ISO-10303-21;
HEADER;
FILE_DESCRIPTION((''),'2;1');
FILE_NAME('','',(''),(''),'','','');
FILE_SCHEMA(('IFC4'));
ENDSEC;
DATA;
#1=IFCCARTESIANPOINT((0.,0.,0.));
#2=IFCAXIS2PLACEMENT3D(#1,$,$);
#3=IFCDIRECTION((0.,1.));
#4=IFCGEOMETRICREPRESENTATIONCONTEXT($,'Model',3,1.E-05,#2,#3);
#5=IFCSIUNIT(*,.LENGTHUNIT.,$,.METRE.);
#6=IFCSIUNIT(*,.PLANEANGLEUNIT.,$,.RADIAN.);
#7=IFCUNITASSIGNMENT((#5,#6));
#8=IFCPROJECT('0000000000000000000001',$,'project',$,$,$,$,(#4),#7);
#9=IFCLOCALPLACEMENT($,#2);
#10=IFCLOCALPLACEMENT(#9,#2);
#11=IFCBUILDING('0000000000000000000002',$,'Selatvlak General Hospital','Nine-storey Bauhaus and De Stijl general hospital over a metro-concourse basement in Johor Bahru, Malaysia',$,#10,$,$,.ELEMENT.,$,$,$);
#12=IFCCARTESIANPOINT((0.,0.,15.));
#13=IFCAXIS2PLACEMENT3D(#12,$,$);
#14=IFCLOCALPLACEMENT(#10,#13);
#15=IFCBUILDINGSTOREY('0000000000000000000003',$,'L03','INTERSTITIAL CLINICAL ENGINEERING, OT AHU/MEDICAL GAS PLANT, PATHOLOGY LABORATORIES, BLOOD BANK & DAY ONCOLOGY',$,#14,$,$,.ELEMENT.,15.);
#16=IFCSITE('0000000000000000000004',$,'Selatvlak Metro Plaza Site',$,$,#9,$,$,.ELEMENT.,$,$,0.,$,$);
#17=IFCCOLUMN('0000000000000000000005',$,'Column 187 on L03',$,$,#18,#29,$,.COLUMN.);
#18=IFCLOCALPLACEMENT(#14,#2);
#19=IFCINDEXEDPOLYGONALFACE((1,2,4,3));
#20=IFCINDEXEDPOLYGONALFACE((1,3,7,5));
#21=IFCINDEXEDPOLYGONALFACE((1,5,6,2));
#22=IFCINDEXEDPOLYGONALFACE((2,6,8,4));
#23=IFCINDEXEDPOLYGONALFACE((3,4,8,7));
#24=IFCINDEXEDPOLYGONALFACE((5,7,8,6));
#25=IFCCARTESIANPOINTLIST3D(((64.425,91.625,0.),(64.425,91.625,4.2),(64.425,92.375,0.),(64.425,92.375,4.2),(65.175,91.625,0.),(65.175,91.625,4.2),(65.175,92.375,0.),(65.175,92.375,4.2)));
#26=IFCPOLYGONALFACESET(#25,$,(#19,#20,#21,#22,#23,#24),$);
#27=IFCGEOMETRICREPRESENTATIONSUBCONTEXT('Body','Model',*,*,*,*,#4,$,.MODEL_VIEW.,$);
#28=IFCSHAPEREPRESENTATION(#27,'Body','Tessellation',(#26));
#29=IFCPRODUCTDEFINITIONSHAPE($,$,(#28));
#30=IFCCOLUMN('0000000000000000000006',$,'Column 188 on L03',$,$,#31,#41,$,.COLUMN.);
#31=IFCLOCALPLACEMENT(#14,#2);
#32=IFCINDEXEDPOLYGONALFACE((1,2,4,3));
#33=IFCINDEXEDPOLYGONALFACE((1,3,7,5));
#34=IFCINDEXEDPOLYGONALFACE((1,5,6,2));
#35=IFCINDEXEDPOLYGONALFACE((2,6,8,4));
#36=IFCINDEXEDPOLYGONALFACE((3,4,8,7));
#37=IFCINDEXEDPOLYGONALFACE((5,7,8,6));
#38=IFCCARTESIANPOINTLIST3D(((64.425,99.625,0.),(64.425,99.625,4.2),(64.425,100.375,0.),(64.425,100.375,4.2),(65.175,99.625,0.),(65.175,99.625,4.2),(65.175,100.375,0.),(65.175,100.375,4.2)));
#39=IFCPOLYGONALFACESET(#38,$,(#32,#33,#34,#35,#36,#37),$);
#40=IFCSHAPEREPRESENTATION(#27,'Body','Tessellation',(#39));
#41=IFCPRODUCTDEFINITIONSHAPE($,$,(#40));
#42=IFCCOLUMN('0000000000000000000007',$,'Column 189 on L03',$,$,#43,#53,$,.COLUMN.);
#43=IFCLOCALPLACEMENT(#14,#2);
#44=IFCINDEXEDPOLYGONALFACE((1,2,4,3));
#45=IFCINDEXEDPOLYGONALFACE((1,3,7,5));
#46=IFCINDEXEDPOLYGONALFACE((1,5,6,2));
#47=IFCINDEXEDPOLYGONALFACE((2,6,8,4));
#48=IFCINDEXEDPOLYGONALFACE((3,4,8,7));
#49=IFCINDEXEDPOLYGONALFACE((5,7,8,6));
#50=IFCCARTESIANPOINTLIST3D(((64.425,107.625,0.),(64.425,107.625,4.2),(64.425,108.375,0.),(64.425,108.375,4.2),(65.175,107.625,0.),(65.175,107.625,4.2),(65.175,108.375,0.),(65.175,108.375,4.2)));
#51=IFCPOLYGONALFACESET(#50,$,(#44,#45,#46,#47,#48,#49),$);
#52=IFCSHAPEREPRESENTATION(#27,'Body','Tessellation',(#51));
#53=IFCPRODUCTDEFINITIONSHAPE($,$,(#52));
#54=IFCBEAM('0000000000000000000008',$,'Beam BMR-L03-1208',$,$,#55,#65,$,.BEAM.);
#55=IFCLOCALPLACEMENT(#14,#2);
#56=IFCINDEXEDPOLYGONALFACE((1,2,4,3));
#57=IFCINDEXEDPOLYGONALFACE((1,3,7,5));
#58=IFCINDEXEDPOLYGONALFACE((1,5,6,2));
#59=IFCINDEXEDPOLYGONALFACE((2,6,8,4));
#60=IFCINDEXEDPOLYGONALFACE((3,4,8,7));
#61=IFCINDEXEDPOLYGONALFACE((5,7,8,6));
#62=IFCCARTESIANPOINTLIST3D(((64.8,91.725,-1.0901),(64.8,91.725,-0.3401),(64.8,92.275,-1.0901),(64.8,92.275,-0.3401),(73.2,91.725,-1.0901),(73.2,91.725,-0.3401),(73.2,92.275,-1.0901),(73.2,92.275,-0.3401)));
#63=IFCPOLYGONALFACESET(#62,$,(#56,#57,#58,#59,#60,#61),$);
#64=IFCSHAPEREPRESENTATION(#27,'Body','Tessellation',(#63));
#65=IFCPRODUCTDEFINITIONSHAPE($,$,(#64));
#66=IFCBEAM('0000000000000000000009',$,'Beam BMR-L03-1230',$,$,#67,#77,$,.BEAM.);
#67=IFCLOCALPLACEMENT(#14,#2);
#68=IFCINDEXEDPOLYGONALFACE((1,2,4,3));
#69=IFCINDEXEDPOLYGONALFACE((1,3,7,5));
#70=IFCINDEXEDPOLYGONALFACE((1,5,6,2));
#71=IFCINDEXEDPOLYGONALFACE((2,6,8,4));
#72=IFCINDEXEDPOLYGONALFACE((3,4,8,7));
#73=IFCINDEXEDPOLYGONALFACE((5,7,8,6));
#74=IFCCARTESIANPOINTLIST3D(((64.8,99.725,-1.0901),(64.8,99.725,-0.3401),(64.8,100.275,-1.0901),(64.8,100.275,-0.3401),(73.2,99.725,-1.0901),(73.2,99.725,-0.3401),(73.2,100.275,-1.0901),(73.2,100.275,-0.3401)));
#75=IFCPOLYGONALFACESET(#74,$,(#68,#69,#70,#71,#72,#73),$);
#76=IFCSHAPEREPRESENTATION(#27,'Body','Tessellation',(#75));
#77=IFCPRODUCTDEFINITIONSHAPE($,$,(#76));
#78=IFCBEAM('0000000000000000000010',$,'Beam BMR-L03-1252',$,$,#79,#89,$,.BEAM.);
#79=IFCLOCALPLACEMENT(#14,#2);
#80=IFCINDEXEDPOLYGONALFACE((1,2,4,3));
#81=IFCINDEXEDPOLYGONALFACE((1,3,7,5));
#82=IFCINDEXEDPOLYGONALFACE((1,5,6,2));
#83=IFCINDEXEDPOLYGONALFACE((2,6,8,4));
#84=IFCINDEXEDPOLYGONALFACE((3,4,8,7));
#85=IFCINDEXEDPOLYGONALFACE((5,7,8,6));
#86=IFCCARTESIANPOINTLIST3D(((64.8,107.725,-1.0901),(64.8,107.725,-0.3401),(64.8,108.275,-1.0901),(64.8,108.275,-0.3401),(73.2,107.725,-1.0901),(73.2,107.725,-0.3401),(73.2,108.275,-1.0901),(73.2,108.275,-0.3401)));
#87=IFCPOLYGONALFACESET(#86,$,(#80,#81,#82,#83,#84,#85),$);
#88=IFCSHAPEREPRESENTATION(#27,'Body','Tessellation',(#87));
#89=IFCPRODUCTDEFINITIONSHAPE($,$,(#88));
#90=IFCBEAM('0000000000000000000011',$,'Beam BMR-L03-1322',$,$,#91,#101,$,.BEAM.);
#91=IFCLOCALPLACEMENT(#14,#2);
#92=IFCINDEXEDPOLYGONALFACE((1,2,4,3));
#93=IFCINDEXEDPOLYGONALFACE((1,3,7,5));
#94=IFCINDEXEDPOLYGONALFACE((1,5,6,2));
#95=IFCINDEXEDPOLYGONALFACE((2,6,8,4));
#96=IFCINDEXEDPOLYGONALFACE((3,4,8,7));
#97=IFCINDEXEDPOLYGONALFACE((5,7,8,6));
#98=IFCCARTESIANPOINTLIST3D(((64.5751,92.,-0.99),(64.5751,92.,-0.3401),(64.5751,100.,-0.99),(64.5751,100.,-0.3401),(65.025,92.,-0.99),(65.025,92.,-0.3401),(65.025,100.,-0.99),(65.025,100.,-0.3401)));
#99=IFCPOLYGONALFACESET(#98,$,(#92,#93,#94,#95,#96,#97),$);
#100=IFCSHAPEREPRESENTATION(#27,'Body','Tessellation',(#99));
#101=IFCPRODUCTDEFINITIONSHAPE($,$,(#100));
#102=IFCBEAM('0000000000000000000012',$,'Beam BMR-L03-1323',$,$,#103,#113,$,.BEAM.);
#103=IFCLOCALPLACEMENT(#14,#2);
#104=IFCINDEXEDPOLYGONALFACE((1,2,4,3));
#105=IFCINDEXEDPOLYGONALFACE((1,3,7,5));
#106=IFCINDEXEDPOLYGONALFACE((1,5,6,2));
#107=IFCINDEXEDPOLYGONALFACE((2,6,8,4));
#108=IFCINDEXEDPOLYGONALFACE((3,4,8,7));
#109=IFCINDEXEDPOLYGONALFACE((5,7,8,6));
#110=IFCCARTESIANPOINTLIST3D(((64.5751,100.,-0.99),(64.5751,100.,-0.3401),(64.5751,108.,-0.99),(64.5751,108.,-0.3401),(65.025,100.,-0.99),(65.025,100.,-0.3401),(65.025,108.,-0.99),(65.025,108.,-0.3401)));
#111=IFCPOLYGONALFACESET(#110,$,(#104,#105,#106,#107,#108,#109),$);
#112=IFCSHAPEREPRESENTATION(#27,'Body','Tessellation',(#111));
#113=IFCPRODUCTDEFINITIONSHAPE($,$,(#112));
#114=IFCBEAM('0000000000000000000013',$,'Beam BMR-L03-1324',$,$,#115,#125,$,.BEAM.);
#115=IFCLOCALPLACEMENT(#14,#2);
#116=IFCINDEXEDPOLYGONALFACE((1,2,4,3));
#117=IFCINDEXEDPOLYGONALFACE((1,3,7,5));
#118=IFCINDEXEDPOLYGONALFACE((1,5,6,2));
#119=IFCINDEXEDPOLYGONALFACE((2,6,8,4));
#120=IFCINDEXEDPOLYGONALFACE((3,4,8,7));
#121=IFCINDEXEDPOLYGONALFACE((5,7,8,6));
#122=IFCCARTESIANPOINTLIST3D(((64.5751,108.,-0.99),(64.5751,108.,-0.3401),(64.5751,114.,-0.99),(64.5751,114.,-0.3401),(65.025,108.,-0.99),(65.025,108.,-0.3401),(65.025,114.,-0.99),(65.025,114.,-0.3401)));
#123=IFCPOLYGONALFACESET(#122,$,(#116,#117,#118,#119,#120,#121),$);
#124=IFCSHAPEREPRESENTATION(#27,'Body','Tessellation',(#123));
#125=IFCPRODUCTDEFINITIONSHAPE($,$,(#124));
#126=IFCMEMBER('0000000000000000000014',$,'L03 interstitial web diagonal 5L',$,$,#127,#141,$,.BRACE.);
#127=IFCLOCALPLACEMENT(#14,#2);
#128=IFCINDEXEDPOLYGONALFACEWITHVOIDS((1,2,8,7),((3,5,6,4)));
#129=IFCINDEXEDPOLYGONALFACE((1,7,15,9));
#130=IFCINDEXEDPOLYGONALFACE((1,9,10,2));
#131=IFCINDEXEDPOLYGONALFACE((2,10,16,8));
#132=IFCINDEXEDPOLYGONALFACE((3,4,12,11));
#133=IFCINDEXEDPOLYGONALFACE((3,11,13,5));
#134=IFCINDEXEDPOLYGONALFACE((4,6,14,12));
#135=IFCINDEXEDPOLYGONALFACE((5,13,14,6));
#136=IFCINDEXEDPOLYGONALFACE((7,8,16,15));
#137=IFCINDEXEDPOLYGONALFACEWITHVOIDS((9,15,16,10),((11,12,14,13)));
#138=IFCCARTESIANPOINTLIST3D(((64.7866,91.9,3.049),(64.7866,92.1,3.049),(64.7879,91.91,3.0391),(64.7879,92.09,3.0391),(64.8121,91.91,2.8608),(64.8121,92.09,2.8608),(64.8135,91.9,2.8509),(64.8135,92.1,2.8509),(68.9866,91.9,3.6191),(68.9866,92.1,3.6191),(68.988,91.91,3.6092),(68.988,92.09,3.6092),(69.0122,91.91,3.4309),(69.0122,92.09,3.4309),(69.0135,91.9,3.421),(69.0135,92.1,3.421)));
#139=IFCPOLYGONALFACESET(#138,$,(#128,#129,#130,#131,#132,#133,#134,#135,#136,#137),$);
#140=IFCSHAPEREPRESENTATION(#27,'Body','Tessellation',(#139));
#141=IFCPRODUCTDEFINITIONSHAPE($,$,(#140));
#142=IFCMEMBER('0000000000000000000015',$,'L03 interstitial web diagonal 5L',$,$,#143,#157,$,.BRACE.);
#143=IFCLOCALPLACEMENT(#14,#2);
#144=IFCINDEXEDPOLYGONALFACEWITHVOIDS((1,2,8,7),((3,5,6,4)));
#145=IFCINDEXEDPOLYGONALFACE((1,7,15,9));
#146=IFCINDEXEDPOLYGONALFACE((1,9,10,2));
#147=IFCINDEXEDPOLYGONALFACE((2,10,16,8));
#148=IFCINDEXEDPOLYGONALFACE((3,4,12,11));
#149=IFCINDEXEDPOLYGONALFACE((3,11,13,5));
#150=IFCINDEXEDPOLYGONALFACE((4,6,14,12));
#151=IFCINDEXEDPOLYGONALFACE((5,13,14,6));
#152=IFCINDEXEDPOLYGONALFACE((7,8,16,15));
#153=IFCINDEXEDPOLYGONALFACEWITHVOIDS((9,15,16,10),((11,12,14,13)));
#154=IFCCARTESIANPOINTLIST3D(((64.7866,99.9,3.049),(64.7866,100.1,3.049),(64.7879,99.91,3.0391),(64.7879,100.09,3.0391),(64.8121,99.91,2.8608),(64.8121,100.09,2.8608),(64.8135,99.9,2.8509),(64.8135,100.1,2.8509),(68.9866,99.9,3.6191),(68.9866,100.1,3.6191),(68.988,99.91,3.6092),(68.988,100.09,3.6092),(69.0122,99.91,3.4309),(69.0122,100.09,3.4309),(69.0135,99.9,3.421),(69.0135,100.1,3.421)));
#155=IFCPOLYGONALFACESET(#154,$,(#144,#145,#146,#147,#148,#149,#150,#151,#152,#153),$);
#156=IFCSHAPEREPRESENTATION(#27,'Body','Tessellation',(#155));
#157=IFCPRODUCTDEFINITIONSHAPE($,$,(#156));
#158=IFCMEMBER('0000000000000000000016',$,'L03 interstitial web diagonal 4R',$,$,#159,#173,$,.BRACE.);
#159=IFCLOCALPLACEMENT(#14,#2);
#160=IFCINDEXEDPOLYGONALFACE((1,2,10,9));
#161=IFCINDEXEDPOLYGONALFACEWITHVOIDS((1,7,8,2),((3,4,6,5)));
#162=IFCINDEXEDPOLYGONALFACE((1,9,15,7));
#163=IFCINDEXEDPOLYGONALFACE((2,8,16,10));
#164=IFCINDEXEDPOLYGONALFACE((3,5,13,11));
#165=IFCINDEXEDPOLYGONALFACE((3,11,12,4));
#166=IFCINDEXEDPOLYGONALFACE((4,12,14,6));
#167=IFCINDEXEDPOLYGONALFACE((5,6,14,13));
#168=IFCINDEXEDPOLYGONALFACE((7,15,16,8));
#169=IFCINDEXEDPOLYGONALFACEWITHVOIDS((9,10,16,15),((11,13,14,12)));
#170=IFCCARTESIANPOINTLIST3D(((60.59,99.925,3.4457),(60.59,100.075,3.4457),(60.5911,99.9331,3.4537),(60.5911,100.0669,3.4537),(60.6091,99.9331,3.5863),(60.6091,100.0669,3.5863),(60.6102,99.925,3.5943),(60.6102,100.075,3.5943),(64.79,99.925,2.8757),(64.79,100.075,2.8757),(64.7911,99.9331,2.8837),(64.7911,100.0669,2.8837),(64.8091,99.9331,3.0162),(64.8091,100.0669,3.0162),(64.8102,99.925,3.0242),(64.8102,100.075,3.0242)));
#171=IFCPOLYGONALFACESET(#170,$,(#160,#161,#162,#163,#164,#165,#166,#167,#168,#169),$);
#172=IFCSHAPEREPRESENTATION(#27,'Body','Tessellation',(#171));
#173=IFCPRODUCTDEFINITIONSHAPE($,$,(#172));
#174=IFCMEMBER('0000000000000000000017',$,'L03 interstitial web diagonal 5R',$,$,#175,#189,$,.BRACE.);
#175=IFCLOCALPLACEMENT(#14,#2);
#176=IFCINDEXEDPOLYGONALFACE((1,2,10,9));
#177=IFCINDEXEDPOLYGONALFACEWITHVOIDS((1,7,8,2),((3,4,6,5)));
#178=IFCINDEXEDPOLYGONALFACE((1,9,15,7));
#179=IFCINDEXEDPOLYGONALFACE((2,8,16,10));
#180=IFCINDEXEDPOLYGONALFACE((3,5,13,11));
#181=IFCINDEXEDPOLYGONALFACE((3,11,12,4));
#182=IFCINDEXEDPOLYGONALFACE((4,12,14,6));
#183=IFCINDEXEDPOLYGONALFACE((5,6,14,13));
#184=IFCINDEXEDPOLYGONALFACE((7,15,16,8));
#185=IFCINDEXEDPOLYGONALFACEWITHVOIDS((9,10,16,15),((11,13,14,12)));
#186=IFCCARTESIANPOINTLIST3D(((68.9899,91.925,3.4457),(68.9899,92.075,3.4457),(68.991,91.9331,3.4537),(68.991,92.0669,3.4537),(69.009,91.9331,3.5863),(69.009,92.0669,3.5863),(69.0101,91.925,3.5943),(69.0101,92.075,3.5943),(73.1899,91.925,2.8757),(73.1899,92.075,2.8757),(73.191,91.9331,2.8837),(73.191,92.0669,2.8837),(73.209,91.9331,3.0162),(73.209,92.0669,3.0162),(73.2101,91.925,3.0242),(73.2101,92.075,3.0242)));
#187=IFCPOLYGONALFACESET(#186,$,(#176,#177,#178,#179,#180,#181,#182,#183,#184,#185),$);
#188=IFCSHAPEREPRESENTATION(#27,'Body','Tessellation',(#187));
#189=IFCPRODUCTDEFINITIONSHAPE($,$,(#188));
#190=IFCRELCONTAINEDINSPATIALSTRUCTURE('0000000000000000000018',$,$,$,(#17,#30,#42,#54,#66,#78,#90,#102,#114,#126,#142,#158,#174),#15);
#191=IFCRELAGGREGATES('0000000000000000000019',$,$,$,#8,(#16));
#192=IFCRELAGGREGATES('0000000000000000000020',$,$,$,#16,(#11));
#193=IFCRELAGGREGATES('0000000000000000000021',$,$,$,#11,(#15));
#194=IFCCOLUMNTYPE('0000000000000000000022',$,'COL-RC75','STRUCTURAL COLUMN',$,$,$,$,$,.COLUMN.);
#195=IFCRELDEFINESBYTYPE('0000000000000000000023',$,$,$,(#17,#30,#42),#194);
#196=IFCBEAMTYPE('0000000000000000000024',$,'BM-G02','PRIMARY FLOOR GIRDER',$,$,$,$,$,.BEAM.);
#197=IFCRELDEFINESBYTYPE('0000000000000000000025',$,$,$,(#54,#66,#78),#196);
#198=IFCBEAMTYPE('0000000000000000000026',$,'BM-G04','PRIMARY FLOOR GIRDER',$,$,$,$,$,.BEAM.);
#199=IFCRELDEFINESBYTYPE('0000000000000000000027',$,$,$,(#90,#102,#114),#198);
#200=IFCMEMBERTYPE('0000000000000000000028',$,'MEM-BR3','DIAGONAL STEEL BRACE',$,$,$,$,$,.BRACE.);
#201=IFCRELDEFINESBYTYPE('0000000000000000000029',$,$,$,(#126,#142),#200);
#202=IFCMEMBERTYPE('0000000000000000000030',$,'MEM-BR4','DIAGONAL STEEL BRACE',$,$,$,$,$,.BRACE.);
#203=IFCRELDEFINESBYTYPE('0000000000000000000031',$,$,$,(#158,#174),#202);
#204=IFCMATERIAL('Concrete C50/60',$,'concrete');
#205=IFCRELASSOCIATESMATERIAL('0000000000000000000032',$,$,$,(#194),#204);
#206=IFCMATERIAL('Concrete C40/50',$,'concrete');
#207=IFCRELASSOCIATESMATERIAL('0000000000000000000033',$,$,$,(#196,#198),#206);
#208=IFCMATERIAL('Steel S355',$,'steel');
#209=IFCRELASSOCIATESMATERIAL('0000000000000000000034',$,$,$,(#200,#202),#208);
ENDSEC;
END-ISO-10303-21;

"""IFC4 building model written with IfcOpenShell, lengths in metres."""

from ifc_helpers import new_model, si_unit, direction, frame, origin, origin_2d, place, context, subcontext, project, spatial, rectangle, hollow_rectangle, extrude, material, material_profile, profile_set, type_object, element, save


model = new_model("IFC4")

# Units and contexts
model_context = context("Model", 3, precision=1e-05, world=origin(), true_north=direction((0.0, 1.0)))
body_context = subcontext(model_context, "Body", "Model", "MODEL_VIEW")
ifc_project = project(units=[si_unit("LENGTHUNIT", "METRE"), si_unit("PLANEANGLEUNIT", "RADIAN")], contexts=[model_context])

# Site, building, storey
site_placement = place(None, origin())
site = spatial("IfcSite", under=ifc_project, at=site_placement, Name="Selatvlak Metro Plaza Site", CompositionType="ELEMENT", RefElevation=0.0)
building_placement = place(site_placement, origin())
building = spatial("IfcBuilding", under=site, at=building_placement, Name="Selatvlak General Hospital", Description="Nine-storey Bauhaus and De Stijl general hospital over a metro-concourse basement in Johor Bahru, Malaysia", CompositionType="ELEMENT")
storey_placement = place(building_placement, frame((0.0, 0.0, 15.0)))
storey = spatial("IfcBuildingStorey", under=building, at=storey_placement, Name="L03", Description="INTERSTITIAL CLINICAL ENGINEERING, OT AHU/MEDICAL GAS PLANT, PATHOLOGY LABORATORIES, BLOOD BANK & DAY ONCOLOGY", CompositionType="ELEMENT", Elevation=15.0)

# Columns
ifc_material_1 = material(Name="Concrete C50/60", Category="concrete")
ifc_material_profile_1 = material_profile(ifc_material_1, rectangle(XDim=0.75, YDim=0.75, at=origin_2d()), Name="RC-COL 750x750")
ifc_profile_set_1 = profile_set([ifc_material_profile_1], Name="Concrete C50/60")
column_type = type_object("IfcColumnType", Name="COL-RC75", Description="STRUCTURAL COLUMN", PredefinedType="COLUMN", material=ifc_profile_set_1)
for number, where, z_axis, x_axis, name in (
    (1, (64.8, 92.0, 0.0), (0.0, 0.0, 1.0), (1.0, 0.0, 0.0), "Column 187 on L03"),
    (2, (64.8, 100.0, 0.0), (0.0, 0.0, 1.0), (1.0, 0.0, 0.0), "Column 188 on L03"),
    (3, (64.8, 108.0, 0.0), (0.0, 0.0, 1.0), (1.0, 0.0, 0.0), "Column 189 on L03"),
):
    element("IfcColumn", number, at=place(storey_placement, frame(where, z_axis=z_axis, x_axis=x_axis)), inside=storey, type_object=column_type, Name=name, PredefinedType="COLUMN", context=body_context, shape_type="SweptSolid", body=[
        extrude(rectangle(XDim=0.75, YDim=0.75, at=origin_2d()), origin(), (0.0, 0.0, 1.0), 4.2),
    ])

# Beams
ifc_material_2 = material(Name="Concrete C40/50", Category="concrete")
ifc_material_profile_2 = material_profile(ifc_material_2, rectangle(XDim=0.55, YDim=0.75, at=origin_2d()), Name="RC-BM 550x750")
ifc_profile_set_2 = profile_set([ifc_material_profile_2], Name="Concrete C40/50")
beam_type_1 = type_object("IfcBeamType", Name="BM-G02", Description="PRIMARY FLOOR GIRDER", PredefinedType="BEAM", material=ifc_profile_set_2)
for number, where, z_axis, x_axis, name in (
    (4, (64.8, 92.0, -0.7151), (1.0, 0.0, 0.0), (0.0, 1.0, 0.0), "Beam BMR-L03-1208"),
    (5, (64.8, 100.0, -0.7151), (1.0, 0.0, 0.0), (0.0, 1.0, 0.0), "Beam BMR-L03-1230"),
    (6, (64.8, 108.0, -0.7151), (1.0, 0.0, 0.0), (0.0, 1.0, 0.0), "Beam BMR-L03-1252"),
):
    element("IfcBeam", number, at=place(storey_placement, frame(where, z_axis=z_axis, x_axis=x_axis)), inside=storey, type_object=beam_type_1, Name=name, PredefinedType="BEAM", context=body_context, shape_type="SweptSolid", body=[
        extrude(rectangle(XDim=0.55, YDim=0.75, at=origin_2d()), origin(), (0.0, 0.0, 1.0), 8.3999),
    ])
ifc_material_profile_3 = material_profile(ifc_material_2, rectangle(XDim=0.45, YDim=0.6499, at=origin_2d()), Name="RC-BM 450x650")
ifc_profile_set_3 = profile_set([ifc_material_profile_3], Name="Concrete C40/50")
beam_type_2 = type_object("IfcBeamType", Name="BM-G04", Description="PRIMARY FLOOR GIRDER", PredefinedType="BEAM", material=ifc_profile_set_3)
for number, where, z_axis, x_axis, name in (
    (7, (64.8, 92.0, -0.665), (0.0, 1.0, 0.0), (-1.0, 0.0, 0.0), "Beam BMR-L03-1322"),
    (8, (64.8, 100.0, -0.665), (0.0, 1.0, 0.0), (-1.0, 0.0, 0.0), "Beam BMR-L03-1323"),
):
    element("IfcBeam", number, at=place(storey_placement, frame(where, z_axis=z_axis, x_axis=x_axis)), inside=storey, type_object=beam_type_2, Name=name, PredefinedType="BEAM", context=body_context, shape_type="SweptSolid", body=[
        extrude(rectangle(XDim=0.45, YDim=0.6499, at=origin_2d()), origin(), (0.0, 0.0, 1.0), 8.0),
    ])
beam_placement = place(storey_placement, frame((64.8, 108.0, -0.665), z_axis=(0.0, 1.0, 0.0), x_axis=(-1.0, 0.0, 0.0)))
element("IfcBeam", 9, at=beam_placement, inside=storey, type_object=beam_type_2, Name="Beam BMR-L03-1324", PredefinedType="BEAM", context=body_context, shape_type="SweptSolid", body=[
    extrude(rectangle(XDim=0.45, YDim=0.6499, at=origin_2d()), origin(), (0.0, 0.0, 1.0), 6.0),
])

# Members
ifc_material_3 = material(Name="Steel S355", Category="steel")
ifc_material_profile_4 = material_profile(ifc_material_3, hollow_rectangle(XDim=0.2, YDim=0.2, WallThickness=0.01, at=origin_2d()), Name="SHS 200x200x10")
ifc_profile_set_4 = profile_set([ifc_material_profile_4], Name="Steel S355")
member_type_1 = type_object("IfcMemberType", Name="MEM-BR3", Description="DIAGONAL STEEL BRACE", PredefinedType="BRACE", material=ifc_profile_set_4)
for number, where, z_axis, x_axis, name in (
    (10, (64.8, 92.0, 2.95), (0.990914, 0.0, 0.134499), (0.0, 1.0, 0.0), "L03 interstitial web diagonal 5L"),
    (11, (64.8, 100.0, 2.95), (0.990914, 0.0, 0.134499), (0.0, 1.0, 0.0), "L03 interstitial web diagonal 5L"),
):
    element("IfcMember", number, at=place(storey_placement, frame(where, z_axis=z_axis, x_axis=x_axis)), inside=storey, type_object=member_type_1, Name=name, PredefinedType="BRACE", context=body_context, shape_type="SweptSolid", body=[
        extrude(hollow_rectangle(XDim=0.2, YDim=0.2, WallThickness=0.01, at=origin_2d()), origin(), (0.0, 0.0, 1.0), 4.2385),
    ])
ifc_material_profile_5 = material_profile(ifc_material_3, hollow_rectangle(XDim=0.1499, YDim=0.1499, WallThickness=0.0081, at=origin_2d()), Name="SHS 150x150x8")
ifc_profile_set_5 = profile_set([ifc_material_profile_5], Name="Steel S355")
member_type_2 = type_object("IfcMemberType", Name="MEM-BR4", Description="DIAGONAL STEEL BRACE", PredefinedType="BRACE", material=ifc_profile_set_5)
for number, where, z_axis, x_axis, name in (
    (12, (60.6001, 100.0, 3.52), (0.990914, 0.0, -0.134499), (0.0, 1.0, 0.0), "L03 interstitial web diagonal 4R"),
    (13, (69.0, 92.0, 3.52), (0.990914, 0.0, -0.134499), (0.0, 1.0, 0.0), "L03 interstitial web diagonal 5R"),
):
    element("IfcMember", number, at=place(storey_placement, frame(where, z_axis=z_axis, x_axis=x_axis)), inside=storey, type_object=member_type_2, Name=name, PredefinedType="BRACE", context=body_context, shape_type="SweptSolid", body=[
        extrude(hollow_rectangle(XDim=0.1499, YDim=0.1499, WallThickness=0.0081, at=origin_2d()), origin(), (0.0, 0.0, 1.0), 4.2385),
    ])

save(model, "model.ifc")
